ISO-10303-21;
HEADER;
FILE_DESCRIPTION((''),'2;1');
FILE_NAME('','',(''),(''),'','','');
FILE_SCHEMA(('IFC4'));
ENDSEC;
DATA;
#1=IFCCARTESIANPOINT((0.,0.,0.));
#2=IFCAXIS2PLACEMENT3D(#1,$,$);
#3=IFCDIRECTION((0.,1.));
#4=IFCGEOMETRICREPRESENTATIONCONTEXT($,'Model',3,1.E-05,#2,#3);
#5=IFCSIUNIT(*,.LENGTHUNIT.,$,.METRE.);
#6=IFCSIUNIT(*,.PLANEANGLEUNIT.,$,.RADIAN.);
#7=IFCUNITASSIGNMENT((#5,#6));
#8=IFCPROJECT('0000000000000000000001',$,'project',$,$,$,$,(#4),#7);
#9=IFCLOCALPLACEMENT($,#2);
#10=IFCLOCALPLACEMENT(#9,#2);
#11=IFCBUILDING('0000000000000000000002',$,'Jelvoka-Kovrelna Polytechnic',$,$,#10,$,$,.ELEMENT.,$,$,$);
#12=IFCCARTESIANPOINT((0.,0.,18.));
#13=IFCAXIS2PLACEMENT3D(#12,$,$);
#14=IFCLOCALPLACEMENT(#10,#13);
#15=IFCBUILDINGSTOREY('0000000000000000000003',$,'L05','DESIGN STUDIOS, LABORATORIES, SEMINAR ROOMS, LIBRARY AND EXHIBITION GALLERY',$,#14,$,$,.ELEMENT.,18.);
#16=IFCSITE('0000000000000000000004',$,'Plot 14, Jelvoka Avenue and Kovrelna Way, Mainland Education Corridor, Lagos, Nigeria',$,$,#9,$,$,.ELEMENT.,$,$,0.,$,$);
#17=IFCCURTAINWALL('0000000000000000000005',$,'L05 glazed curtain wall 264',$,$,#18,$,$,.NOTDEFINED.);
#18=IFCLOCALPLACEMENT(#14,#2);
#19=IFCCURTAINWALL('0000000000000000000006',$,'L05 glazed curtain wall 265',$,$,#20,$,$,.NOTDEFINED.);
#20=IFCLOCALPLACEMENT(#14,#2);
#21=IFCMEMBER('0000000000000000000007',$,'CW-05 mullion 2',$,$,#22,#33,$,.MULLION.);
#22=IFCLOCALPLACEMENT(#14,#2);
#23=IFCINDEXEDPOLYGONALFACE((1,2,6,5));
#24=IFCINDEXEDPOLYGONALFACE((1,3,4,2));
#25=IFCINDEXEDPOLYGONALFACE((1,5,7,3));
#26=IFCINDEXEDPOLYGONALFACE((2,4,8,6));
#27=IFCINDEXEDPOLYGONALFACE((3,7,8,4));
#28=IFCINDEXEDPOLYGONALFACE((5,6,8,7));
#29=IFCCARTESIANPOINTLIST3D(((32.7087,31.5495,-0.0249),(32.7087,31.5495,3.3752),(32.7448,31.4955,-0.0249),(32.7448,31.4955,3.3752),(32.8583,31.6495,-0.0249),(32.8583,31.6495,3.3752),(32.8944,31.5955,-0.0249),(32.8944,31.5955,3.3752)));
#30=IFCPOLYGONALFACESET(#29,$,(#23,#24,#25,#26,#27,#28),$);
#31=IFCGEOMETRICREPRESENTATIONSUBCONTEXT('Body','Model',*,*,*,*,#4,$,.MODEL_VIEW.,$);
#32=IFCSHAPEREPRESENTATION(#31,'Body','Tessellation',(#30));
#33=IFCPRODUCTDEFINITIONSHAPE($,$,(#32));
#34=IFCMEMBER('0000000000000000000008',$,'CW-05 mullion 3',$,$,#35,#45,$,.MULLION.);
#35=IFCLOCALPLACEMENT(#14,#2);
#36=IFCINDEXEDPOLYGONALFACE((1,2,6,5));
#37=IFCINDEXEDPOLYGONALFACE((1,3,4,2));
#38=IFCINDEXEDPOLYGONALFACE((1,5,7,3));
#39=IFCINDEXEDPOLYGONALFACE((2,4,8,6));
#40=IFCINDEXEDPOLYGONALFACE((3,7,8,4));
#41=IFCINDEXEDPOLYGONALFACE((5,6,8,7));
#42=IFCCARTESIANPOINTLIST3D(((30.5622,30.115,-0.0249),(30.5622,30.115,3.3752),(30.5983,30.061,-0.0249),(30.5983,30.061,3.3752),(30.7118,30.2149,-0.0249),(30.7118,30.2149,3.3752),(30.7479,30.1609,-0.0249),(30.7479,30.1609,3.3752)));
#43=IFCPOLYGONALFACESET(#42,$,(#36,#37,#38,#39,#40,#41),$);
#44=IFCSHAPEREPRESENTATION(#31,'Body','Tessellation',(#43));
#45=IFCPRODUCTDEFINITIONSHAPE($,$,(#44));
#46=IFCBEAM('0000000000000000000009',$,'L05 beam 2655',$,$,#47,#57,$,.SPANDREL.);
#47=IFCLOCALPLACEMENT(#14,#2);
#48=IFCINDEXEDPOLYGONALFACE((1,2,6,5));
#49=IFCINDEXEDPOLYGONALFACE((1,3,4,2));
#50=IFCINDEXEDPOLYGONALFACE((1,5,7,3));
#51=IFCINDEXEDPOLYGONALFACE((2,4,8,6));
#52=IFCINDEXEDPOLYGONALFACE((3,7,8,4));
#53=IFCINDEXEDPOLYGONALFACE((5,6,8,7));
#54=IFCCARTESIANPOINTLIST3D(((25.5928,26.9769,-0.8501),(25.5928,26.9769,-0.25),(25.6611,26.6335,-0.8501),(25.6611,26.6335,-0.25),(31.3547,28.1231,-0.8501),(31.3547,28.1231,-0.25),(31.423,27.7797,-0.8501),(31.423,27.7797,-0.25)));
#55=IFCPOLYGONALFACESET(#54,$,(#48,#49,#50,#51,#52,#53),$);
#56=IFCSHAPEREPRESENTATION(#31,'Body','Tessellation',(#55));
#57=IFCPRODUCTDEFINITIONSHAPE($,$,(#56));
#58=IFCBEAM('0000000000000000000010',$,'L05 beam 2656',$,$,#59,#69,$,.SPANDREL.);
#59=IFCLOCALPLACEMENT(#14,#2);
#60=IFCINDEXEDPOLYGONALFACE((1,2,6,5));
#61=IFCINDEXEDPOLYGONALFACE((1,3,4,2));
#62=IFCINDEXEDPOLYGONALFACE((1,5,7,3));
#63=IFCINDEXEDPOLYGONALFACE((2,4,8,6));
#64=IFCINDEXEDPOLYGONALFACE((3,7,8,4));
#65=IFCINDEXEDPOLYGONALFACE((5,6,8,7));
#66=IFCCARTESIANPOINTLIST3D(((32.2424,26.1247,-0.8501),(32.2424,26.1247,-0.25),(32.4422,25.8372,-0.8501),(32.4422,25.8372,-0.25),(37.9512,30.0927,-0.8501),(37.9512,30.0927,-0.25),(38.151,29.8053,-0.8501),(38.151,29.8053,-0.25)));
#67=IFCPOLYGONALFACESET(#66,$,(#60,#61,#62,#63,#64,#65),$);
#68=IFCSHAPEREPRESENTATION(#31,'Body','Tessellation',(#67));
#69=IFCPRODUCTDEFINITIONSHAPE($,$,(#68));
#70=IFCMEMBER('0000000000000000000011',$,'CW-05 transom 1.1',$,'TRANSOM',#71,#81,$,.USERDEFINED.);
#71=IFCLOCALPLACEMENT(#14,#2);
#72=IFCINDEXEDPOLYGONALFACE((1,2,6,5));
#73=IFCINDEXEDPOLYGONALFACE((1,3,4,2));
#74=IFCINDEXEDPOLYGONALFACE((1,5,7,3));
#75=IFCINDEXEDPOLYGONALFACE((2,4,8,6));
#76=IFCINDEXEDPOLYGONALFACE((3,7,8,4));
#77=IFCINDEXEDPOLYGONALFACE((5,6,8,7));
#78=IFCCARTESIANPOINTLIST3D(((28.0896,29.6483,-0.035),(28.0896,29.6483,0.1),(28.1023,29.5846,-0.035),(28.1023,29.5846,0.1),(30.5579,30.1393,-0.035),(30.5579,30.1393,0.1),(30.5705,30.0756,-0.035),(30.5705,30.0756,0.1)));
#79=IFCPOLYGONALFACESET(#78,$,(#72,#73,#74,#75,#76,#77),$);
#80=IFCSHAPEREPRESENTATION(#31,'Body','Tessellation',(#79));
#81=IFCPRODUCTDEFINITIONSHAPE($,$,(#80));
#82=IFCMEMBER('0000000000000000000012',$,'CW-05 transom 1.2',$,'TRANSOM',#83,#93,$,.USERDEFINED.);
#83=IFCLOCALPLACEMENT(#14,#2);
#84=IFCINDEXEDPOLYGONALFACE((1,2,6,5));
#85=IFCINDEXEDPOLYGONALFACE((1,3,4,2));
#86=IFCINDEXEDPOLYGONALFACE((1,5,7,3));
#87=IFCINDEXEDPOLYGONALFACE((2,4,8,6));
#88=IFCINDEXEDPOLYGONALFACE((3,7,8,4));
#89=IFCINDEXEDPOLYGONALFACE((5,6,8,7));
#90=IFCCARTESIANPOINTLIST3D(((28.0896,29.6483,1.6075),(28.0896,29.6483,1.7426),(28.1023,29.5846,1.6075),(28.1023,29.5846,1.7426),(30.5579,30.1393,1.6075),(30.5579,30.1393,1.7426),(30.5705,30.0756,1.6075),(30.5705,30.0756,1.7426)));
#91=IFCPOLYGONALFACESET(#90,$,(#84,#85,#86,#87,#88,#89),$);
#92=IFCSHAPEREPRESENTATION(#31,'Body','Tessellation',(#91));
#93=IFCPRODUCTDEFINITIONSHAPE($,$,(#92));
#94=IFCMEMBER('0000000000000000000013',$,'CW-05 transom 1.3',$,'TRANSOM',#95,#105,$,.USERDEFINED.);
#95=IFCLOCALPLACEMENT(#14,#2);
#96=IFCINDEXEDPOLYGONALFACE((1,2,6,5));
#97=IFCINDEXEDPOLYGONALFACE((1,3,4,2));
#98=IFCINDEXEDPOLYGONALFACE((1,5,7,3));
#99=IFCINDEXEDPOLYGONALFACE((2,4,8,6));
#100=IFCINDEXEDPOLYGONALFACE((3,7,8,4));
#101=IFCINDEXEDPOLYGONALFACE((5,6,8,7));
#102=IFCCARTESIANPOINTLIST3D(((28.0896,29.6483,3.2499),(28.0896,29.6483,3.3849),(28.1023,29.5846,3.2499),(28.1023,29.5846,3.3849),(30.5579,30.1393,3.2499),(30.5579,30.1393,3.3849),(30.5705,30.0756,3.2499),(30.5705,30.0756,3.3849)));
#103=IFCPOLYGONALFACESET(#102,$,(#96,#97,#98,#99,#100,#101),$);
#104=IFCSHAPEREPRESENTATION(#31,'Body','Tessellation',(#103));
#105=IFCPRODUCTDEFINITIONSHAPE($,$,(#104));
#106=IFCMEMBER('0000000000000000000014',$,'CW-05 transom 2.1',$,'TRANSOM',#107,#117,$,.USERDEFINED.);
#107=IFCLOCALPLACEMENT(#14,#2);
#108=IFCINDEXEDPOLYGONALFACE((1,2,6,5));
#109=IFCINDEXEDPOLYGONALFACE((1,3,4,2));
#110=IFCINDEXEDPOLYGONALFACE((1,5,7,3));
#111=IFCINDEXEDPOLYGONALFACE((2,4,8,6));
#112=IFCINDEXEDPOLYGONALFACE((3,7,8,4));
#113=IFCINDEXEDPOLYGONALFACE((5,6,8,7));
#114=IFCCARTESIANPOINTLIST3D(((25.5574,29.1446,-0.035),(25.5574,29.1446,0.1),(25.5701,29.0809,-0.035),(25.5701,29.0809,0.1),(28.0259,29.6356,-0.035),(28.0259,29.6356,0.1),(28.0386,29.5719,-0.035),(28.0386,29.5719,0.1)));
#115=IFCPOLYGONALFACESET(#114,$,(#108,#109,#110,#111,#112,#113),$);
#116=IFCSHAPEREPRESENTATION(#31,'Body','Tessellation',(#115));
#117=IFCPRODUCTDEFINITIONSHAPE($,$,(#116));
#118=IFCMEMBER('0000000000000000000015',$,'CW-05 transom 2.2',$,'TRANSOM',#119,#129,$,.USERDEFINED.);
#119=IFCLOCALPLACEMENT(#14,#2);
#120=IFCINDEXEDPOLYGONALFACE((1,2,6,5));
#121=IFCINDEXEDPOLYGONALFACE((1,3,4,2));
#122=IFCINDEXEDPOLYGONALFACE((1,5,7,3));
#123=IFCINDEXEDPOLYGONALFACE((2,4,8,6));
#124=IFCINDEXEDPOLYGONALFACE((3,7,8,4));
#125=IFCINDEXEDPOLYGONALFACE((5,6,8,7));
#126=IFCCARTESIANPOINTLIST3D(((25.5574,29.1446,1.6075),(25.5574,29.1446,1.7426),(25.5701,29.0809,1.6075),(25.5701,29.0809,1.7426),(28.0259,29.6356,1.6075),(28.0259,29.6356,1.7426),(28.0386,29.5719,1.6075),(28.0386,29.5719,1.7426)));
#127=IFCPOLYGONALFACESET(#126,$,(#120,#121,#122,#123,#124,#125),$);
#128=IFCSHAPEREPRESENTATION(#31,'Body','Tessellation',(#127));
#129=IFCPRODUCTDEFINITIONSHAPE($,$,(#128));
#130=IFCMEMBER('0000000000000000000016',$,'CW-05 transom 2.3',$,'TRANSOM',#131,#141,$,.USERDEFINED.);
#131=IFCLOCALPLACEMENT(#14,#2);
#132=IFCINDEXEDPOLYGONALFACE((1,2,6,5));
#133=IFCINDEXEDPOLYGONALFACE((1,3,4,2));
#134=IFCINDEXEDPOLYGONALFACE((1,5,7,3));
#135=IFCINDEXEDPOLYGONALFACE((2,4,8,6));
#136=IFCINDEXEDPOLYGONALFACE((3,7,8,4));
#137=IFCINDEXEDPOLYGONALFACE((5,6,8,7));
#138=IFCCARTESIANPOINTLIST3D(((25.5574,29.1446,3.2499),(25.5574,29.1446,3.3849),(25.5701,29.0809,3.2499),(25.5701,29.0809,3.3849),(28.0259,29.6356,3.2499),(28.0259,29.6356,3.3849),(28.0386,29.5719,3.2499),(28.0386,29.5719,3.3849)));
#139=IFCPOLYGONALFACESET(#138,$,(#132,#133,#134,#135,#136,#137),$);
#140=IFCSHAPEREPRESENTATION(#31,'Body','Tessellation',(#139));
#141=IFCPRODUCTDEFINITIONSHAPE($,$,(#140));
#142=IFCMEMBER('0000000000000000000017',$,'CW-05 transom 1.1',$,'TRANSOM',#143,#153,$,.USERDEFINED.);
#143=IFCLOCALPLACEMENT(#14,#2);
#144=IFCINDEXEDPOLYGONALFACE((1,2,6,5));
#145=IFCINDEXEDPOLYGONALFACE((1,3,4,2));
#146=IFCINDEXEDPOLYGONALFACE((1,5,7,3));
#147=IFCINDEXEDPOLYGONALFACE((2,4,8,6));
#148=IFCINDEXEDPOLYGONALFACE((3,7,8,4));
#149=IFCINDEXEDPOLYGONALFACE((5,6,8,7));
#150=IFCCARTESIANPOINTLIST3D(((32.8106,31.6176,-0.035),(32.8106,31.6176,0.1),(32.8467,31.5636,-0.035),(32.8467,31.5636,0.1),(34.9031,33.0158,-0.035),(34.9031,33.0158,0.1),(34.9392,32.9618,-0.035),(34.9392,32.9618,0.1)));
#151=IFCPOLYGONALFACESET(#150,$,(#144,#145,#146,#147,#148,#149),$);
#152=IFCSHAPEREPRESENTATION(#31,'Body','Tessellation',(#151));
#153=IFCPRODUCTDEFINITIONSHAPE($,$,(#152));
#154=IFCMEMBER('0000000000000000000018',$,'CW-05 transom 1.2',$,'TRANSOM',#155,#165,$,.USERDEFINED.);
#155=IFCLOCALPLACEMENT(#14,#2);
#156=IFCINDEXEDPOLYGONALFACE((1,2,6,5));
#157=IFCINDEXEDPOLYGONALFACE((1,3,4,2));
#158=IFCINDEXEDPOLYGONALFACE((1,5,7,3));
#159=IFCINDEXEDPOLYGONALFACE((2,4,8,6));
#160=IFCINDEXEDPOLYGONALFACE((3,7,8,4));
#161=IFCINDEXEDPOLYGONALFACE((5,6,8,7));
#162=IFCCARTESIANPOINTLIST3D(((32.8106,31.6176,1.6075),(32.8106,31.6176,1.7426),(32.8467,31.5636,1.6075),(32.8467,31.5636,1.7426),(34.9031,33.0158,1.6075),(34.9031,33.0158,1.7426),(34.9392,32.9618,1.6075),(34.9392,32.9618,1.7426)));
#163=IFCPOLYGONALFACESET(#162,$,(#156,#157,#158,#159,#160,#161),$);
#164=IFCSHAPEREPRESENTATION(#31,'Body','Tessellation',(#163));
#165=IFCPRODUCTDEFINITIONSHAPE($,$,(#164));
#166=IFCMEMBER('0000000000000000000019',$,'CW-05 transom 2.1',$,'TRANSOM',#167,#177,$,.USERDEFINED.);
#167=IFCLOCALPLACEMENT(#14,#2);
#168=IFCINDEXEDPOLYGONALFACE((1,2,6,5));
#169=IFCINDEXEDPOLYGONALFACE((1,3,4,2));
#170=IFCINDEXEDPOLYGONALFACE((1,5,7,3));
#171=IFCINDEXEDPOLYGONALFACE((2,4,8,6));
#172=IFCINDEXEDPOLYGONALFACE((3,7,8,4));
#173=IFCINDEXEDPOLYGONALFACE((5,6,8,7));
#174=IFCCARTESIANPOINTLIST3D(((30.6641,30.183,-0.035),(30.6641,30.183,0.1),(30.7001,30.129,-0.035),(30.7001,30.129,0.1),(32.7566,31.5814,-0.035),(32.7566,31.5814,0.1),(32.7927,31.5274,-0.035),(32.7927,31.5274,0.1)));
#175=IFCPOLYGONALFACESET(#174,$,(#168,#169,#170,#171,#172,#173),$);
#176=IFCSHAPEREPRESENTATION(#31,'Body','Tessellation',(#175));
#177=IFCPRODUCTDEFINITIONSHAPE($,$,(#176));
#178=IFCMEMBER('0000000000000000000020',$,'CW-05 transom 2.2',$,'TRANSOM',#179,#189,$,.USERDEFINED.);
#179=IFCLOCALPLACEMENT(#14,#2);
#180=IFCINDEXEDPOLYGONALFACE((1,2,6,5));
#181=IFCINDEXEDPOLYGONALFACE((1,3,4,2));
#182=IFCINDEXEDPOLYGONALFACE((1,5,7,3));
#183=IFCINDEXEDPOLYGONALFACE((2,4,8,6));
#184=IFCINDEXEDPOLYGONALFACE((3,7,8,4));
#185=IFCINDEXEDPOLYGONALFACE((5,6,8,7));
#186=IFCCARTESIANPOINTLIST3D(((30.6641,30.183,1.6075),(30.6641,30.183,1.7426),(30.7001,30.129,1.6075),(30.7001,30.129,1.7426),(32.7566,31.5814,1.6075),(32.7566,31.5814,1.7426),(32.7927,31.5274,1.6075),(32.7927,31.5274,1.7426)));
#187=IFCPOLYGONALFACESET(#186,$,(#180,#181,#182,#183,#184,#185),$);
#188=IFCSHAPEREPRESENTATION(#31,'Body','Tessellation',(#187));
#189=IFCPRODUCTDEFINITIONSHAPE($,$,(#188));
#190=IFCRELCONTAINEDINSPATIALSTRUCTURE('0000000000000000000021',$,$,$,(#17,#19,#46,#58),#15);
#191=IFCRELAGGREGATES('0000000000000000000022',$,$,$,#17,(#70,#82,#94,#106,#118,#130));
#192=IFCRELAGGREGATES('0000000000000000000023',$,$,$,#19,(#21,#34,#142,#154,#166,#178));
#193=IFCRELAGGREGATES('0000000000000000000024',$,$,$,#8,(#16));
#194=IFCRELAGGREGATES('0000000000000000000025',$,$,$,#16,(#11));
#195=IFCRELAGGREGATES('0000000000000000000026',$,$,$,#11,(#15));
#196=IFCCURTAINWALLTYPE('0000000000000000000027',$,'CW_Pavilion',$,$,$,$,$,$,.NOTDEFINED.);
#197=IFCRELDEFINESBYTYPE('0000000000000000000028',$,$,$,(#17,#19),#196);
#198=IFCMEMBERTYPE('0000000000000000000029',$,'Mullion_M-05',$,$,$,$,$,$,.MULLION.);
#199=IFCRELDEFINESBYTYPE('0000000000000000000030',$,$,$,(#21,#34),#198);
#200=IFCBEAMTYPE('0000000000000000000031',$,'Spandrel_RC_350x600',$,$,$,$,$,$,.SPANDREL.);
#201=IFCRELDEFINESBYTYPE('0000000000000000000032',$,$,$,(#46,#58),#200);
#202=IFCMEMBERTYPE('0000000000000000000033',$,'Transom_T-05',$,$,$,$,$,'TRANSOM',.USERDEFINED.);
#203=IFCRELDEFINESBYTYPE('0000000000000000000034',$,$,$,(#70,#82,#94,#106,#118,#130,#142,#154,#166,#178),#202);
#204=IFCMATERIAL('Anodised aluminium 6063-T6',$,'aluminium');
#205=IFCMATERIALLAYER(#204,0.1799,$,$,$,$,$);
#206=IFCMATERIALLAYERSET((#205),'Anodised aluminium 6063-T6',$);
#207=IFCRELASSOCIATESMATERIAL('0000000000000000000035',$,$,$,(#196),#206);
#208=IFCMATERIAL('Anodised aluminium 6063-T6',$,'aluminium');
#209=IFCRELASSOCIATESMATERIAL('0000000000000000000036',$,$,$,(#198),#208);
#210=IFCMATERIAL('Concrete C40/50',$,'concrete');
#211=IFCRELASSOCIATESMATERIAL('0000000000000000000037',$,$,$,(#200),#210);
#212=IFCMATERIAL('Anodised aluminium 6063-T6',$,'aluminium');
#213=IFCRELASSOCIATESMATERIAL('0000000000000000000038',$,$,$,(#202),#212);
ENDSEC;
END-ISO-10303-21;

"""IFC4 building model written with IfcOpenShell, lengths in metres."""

from ifc_helpers import new_model, si_unit, direction, frame, origin, origin_2d, place, context, subcontext, project, spatial, rectangle, extrude, material, layer, layer_set, material_profile, profile_set, type_object, element, aggregate, save


model = new_model("IFC4")

# Units and contexts
model_context = context("Model", 3, precision=1e-05, world=origin(), true_north=direction((0.0, 1.0)))
body_context = subcontext(model_context, "Body", "Model", "MODEL_VIEW")
ifc_project = project(units=[si_unit("LENGTHUNIT", "METRE"), si_unit("PLANEANGLEUNIT", "RADIAN")], contexts=[model_context])

# Site, building, storey
site_placement = place(None, origin())
site = spatial("IfcSite", under=ifc_project, at=site_placement, Name="Plot 14, Jelvoka Avenue and Kovrelna Way, Mainland Education Corridor, Lagos, Nigeria", CompositionType="ELEMENT", RefElevation=0.0)
building_placement = place(site_placement, origin())
building = spatial("IfcBuilding", under=site, at=building_placement, Name="Jelvoka-Kovrelna Polytechnic", CompositionType="ELEMENT")
storey_placement = place(building_placement, frame((0.0, 0.0, 18.0)))
storey = spatial("IfcBuildingStorey", under=building, at=storey_placement, Name="L05", Description="DESIGN STUDIOS, LABORATORIES, SEMINAR ROOMS, LIBRARY AND EXHIBITION GALLERY", CompositionType="ELEMENT", Elevation=18.0)

# Curtain walls, members
ifc_material_1 = material(Name="Anodised aluminium 6063-T6", Category="aluminium")
ifc_layer_1 = layer(ifc_material_1, 0.1799)
ifc_layer_set_1 = layer_set([ifc_layer_1], Name="Anodised aluminium 6063-T6")
curtain_wall_type = type_object("IfcCurtainWallType", Name="CW_Pavilion", PredefinedType="NOTDEFINED", material=ifc_layer_set_1)
curtain_wall_1_placement = place(storey_placement, origin())
curtain_wall_1 = element("IfcCurtainWall", 1, at=curtain_wall_1_placement, inside=storey, type_object=curtain_wall_type, Name="L05 glazed curtain wall 264", PredefinedType="NOTDEFINED")
ifc_material_2 = material(Name="Anodised aluminium 6063-T6", Category="aluminium")
ifc_material_profile_1 = material_profile(ifc_material_2, rectangle(XDim=0.0649, YDim=0.1799, at=origin_2d()), Name="ALU 65x180")
ifc_profile_set_1 = profile_set([ifc_material_profile_1], Name="Anodised aluminium 6063-T6")
member_type_1 = type_object("IfcMemberType", Name="Mullion_M-05", PredefinedType="MULLION", material=ifc_profile_set_1)
curtain_wall_2_placement = place(storey_placement, origin())
curtain_wall_2 = element("IfcCurtainWall", 2, at=curtain_wall_2_placement, inside=storey, type_object=curtain_wall_type, Name="L05 glazed curtain wall 265", PredefinedType="NOTDEFINED")
member_1_placement = place(storey_placement, frame((32.8015, 31.5725, -0.0249), z_axis=(0.0, 0.0, 1.0), x_axis=(0.555583, -0.831461, 0.0)))
member_1 = element("IfcMember", 3, at=member_1_placement, type_object=member_type_1, Name="CW-05 mullion 2", PredefinedType="MULLION", context=body_context, shape_type="SweptSolid", body=[
    extrude(rectangle(XDim=0.0649, YDim=0.1799, at=origin_2d()), origin(), (0.0, 0.0, 1.0), 3.4001),
])
member_2_placement = place(storey_placement, frame((30.655, 30.1379, -0.0249), z_axis=(0.0, 0.0, 1.0), x_axis=(0.555583, -0.831461, 0.0)))
member_2 = element("IfcMember", 4, at=member_2_placement, type_object=member_type_1, Name="CW-05 mullion 3", PredefinedType="MULLION", context=body_context, shape_type="SweptSolid", body=[
    extrude(rectangle(XDim=0.0649, YDim=0.1799, at=origin_2d()), origin(), (0.0, 0.0, 1.0), 3.4001),
])

# Beams
ifc_material_3 = material(Name="Concrete C40/50", Category="concrete")
ifc_material_profile_2 = material_profile(ifc_material_3, rectangle(XDim=0.3501, YDim=0.6001, at=origin_2d()), Name="RC 350x600")
ifc_profile_set_2 = profile_set([ifc_material_profile_2], Name="Concrete C40/50")
beam_type_1 = type_object("IfcBeamType", Name="Spandrel_RC_350x600", PredefinedType="SPANDREL", material=ifc_profile_set_2)
beam_1_placement = place(storey_placement, frame((25.627, 26.8052, -0.55), z_axis=(0.980782, 0.195109, 0.0), x_axis=(-0.195109, 0.980782, 0.0)))
element("IfcBeam", 5, at=beam_1_placement, inside=storey, type_object=beam_type_1, Name="L05 beam 2655", PredefinedType="SPANDREL", context=body_context, shape_type="SweptSolid", body=[
    extrude(rectangle(XDim=0.3501, YDim=0.6001, at=origin_2d()), origin(), (0.0, 0.0, 1.0), 5.8748),
])
beam_2_placement = place(storey_placement, frame((32.3423, 25.981, -0.55), z_axis=(0.821126, 0.570747, 0.0), x_axis=(-0.570747, 0.821126, 0.0)))
element("IfcBeam", 6, at=beam_2_placement, inside=storey, type_object=beam_type_1, Name="L05 beam 2656", PredefinedType="SPANDREL", context=body_context, shape_type="SweptSolid", body=[
    extrude(rectangle(XDim=0.3501, YDim=0.6001, at=origin_2d()), origin(), (0.0, 0.0, 1.0), 6.9524),
])

# Members
ifc_material_4 = material(Name="Anodised aluminium 6063-T6", Category="aluminium")
ifc_material_profile_3 = material_profile(ifc_material_4, rectangle(XDim=0.0649, YDim=0.135, at=origin_2d()), Name="ALU 65x135")
ifc_profile_set_3 = profile_set([ifc_material_profile_3], Name="Anodised aluminium 6063-T6")
member_type_2 = type_object("IfcMemberType", Name="Transom_T-05", ElementType="TRANSOM", PredefinedType="USERDEFINED", material=ifc_profile_set_3)
member_3_placement = place(storey_placement, frame((30.5642, 30.1074, 0.0325), z_axis=(-0.980785, -0.19509, 0.0), x_axis=(0.19509, -0.980785, 0.0)))
member_3 = element("IfcMember", 7, at=member_3_placement, type_object=member_type_2, Name="CW-05 transom 1.1", ObjectType="TRANSOM", PredefinedType="USERDEFINED", context=body_context, shape_type="SweptSolid", body=[
    extrude(rectangle(XDim=0.0649, YDim=0.135, at=origin_2d()), origin(), (0.0, 0.0, 1.0), 2.5166),
])
member_4_placement = place(storey_placement, frame((30.5642, 30.1074, 1.675), z_axis=(-0.980785, -0.19509, 0.0), x_axis=(0.19509, -0.980785, 0.0)))
member_4 = element("IfcMember", 8, at=member_4_placement, type_object=member_type_2, Name="CW-05 transom 1.2", ObjectType="TRANSOM", PredefinedType="USERDEFINED", context=body_context, shape_type="SweptSolid", body=[
    extrude(rectangle(XDim=0.0649, YDim=0.135, at=origin_2d()), origin(), (0.0, 0.0, 1.0), 2.5166),
])
member_5_placement = place(storey_placement, frame((30.5642, 30.1074, 3.3174), z_axis=(-0.980785, -0.19509, 0.0), x_axis=(0.19509, -0.980785, 0.0)))
member_5 = element("IfcMember", 9, at=member_5_placement, type_object=member_type_2, Name="CW-05 transom 1.3", ObjectType="TRANSOM", PredefinedType="USERDEFINED", context=body_context, shape_type="SweptSolid", body=[
    extrude(rectangle(XDim=0.0649, YDim=0.135, at=origin_2d()), origin(), (0.0, 0.0, 1.0), 2.5166),
])
member_6_placement = place(storey_placement, frame((28.0322, 29.6038, 0.0325), z_axis=(-0.980789, -0.195071, 0.0), x_axis=(0.195071, -0.980789, 0.0)))
member_6 = element("IfcMember", 10, at=member_6_placement, type_object=member_type_2, Name="CW-05 transom 2.1", ObjectType="TRANSOM", PredefinedType="USERDEFINED", context=body_context, shape_type="SweptSolid", body=[
    extrude(rectangle(XDim=0.0649, YDim=0.135, at=origin_2d()), origin(), (0.0, 0.0, 1.0), 2.5168),
])
member_7_placement = place(storey_placement, frame((28.0322, 29.6038, 1.675), z_axis=(-0.980789, -0.195071, 0.0), x_axis=(0.195071, -0.980789, 0.0)))
member_7 = element("IfcMember", 11, at=member_7_placement, type_object=member_type_2, Name="CW-05 transom 2.2", ObjectType="TRANSOM", PredefinedType="USERDEFINED", context=body_context, shape_type="SweptSolid", body=[
    extrude(rectangle(XDim=0.0649, YDim=0.135, at=origin_2d()), origin(), (0.0, 0.0, 1.0), 2.5168),
])
member_8_placement = place(storey_placement, frame((28.0322, 29.6038, 3.3174), z_axis=(-0.980789, -0.195071, 0.0), x_axis=(0.195071, -0.980789, 0.0)))
member_8 = element("IfcMember", 12, at=member_8_placement, type_object=member_type_2, Name="CW-05 transom 2.3", ObjectType="TRANSOM", PredefinedType="USERDEFINED", context=body_context, shape_type="SweptSolid", body=[
    extrude(rectangle(XDim=0.0649, YDim=0.135, at=origin_2d()), origin(), (0.0, 0.0, 1.0), 2.5168),
])
member_9_placement = place(storey_placement, frame((34.9211, 32.9888, 0.0325), z_axis=(-0.831468, -0.555573, 0.0), x_axis=(0.555573, -0.831468, 0.0)))
member_9 = element("IfcMember", 13, at=member_9_placement, type_object=member_type_2, Name="CW-05 transom 1.1", ObjectType="TRANSOM", PredefinedType="USERDEFINED", context=body_context, shape_type="SweptSolid", body=[
    extrude(rectangle(XDim=0.0649, YDim=0.135, at=origin_2d()), origin(), (0.0, 0.0, 1.0), 2.5166),
])
member_10_placement = place(storey_placement, frame((34.9211, 32.9888, 1.675), z_axis=(-0.831468, -0.555573, 0.0), x_axis=(0.555573, -0.831468, 0.0)))
member_10 = element("IfcMember", 14, at=member_10_placement, type_object=member_type_2, Name="CW-05 transom 1.2", ObjectType="TRANSOM", PredefinedType="USERDEFINED", context=body_context, shape_type="SweptSolid", body=[
    extrude(rectangle(XDim=0.0649, YDim=0.135, at=origin_2d()), origin(), (0.0, 0.0, 1.0), 2.5166),
])
member_11_placement = place(storey_placement, frame((32.7747, 31.5544, 0.0325), z_axis=(-0.831423, -0.55564, 0.0), x_axis=(0.55564, -0.831423, 0.0)))
member_11 = element("IfcMember", 15, at=member_11_placement, type_object=member_type_2, Name="CW-05 transom 2.1", ObjectType="TRANSOM", PredefinedType="USERDEFINED", context=body_context, shape_type="SweptSolid", body=[
    extrude(rectangle(XDim=0.0649, YDim=0.135, at=origin_2d()), origin(), (0.0, 0.0, 1.0), 2.5168),
])
member_12_placement = place(storey_placement, frame((32.7747, 31.5544, 1.675), z_axis=(-0.831423, -0.55564, 0.0), x_axis=(0.55564, -0.831423, 0.0)))
member_12 = element("IfcMember", 16, at=member_12_placement, type_object=member_type_2, Name="CW-05 transom 2.2", ObjectType="TRANSOM", PredefinedType="USERDEFINED", context=body_context, shape_type="SweptSolid", body=[
    extrude(rectangle(XDim=0.0649, YDim=0.135, at=origin_2d()), origin(), (0.0, 0.0, 1.0), 2.5168),
])

aggregate(curtain_wall_1, [member_3, member_4, member_5, member_6, member_7, member_8])
aggregate(curtain_wall_2, [member_1, member_2, member_9, member_10, member_11, member_12])

save(model, "model.ifc")
